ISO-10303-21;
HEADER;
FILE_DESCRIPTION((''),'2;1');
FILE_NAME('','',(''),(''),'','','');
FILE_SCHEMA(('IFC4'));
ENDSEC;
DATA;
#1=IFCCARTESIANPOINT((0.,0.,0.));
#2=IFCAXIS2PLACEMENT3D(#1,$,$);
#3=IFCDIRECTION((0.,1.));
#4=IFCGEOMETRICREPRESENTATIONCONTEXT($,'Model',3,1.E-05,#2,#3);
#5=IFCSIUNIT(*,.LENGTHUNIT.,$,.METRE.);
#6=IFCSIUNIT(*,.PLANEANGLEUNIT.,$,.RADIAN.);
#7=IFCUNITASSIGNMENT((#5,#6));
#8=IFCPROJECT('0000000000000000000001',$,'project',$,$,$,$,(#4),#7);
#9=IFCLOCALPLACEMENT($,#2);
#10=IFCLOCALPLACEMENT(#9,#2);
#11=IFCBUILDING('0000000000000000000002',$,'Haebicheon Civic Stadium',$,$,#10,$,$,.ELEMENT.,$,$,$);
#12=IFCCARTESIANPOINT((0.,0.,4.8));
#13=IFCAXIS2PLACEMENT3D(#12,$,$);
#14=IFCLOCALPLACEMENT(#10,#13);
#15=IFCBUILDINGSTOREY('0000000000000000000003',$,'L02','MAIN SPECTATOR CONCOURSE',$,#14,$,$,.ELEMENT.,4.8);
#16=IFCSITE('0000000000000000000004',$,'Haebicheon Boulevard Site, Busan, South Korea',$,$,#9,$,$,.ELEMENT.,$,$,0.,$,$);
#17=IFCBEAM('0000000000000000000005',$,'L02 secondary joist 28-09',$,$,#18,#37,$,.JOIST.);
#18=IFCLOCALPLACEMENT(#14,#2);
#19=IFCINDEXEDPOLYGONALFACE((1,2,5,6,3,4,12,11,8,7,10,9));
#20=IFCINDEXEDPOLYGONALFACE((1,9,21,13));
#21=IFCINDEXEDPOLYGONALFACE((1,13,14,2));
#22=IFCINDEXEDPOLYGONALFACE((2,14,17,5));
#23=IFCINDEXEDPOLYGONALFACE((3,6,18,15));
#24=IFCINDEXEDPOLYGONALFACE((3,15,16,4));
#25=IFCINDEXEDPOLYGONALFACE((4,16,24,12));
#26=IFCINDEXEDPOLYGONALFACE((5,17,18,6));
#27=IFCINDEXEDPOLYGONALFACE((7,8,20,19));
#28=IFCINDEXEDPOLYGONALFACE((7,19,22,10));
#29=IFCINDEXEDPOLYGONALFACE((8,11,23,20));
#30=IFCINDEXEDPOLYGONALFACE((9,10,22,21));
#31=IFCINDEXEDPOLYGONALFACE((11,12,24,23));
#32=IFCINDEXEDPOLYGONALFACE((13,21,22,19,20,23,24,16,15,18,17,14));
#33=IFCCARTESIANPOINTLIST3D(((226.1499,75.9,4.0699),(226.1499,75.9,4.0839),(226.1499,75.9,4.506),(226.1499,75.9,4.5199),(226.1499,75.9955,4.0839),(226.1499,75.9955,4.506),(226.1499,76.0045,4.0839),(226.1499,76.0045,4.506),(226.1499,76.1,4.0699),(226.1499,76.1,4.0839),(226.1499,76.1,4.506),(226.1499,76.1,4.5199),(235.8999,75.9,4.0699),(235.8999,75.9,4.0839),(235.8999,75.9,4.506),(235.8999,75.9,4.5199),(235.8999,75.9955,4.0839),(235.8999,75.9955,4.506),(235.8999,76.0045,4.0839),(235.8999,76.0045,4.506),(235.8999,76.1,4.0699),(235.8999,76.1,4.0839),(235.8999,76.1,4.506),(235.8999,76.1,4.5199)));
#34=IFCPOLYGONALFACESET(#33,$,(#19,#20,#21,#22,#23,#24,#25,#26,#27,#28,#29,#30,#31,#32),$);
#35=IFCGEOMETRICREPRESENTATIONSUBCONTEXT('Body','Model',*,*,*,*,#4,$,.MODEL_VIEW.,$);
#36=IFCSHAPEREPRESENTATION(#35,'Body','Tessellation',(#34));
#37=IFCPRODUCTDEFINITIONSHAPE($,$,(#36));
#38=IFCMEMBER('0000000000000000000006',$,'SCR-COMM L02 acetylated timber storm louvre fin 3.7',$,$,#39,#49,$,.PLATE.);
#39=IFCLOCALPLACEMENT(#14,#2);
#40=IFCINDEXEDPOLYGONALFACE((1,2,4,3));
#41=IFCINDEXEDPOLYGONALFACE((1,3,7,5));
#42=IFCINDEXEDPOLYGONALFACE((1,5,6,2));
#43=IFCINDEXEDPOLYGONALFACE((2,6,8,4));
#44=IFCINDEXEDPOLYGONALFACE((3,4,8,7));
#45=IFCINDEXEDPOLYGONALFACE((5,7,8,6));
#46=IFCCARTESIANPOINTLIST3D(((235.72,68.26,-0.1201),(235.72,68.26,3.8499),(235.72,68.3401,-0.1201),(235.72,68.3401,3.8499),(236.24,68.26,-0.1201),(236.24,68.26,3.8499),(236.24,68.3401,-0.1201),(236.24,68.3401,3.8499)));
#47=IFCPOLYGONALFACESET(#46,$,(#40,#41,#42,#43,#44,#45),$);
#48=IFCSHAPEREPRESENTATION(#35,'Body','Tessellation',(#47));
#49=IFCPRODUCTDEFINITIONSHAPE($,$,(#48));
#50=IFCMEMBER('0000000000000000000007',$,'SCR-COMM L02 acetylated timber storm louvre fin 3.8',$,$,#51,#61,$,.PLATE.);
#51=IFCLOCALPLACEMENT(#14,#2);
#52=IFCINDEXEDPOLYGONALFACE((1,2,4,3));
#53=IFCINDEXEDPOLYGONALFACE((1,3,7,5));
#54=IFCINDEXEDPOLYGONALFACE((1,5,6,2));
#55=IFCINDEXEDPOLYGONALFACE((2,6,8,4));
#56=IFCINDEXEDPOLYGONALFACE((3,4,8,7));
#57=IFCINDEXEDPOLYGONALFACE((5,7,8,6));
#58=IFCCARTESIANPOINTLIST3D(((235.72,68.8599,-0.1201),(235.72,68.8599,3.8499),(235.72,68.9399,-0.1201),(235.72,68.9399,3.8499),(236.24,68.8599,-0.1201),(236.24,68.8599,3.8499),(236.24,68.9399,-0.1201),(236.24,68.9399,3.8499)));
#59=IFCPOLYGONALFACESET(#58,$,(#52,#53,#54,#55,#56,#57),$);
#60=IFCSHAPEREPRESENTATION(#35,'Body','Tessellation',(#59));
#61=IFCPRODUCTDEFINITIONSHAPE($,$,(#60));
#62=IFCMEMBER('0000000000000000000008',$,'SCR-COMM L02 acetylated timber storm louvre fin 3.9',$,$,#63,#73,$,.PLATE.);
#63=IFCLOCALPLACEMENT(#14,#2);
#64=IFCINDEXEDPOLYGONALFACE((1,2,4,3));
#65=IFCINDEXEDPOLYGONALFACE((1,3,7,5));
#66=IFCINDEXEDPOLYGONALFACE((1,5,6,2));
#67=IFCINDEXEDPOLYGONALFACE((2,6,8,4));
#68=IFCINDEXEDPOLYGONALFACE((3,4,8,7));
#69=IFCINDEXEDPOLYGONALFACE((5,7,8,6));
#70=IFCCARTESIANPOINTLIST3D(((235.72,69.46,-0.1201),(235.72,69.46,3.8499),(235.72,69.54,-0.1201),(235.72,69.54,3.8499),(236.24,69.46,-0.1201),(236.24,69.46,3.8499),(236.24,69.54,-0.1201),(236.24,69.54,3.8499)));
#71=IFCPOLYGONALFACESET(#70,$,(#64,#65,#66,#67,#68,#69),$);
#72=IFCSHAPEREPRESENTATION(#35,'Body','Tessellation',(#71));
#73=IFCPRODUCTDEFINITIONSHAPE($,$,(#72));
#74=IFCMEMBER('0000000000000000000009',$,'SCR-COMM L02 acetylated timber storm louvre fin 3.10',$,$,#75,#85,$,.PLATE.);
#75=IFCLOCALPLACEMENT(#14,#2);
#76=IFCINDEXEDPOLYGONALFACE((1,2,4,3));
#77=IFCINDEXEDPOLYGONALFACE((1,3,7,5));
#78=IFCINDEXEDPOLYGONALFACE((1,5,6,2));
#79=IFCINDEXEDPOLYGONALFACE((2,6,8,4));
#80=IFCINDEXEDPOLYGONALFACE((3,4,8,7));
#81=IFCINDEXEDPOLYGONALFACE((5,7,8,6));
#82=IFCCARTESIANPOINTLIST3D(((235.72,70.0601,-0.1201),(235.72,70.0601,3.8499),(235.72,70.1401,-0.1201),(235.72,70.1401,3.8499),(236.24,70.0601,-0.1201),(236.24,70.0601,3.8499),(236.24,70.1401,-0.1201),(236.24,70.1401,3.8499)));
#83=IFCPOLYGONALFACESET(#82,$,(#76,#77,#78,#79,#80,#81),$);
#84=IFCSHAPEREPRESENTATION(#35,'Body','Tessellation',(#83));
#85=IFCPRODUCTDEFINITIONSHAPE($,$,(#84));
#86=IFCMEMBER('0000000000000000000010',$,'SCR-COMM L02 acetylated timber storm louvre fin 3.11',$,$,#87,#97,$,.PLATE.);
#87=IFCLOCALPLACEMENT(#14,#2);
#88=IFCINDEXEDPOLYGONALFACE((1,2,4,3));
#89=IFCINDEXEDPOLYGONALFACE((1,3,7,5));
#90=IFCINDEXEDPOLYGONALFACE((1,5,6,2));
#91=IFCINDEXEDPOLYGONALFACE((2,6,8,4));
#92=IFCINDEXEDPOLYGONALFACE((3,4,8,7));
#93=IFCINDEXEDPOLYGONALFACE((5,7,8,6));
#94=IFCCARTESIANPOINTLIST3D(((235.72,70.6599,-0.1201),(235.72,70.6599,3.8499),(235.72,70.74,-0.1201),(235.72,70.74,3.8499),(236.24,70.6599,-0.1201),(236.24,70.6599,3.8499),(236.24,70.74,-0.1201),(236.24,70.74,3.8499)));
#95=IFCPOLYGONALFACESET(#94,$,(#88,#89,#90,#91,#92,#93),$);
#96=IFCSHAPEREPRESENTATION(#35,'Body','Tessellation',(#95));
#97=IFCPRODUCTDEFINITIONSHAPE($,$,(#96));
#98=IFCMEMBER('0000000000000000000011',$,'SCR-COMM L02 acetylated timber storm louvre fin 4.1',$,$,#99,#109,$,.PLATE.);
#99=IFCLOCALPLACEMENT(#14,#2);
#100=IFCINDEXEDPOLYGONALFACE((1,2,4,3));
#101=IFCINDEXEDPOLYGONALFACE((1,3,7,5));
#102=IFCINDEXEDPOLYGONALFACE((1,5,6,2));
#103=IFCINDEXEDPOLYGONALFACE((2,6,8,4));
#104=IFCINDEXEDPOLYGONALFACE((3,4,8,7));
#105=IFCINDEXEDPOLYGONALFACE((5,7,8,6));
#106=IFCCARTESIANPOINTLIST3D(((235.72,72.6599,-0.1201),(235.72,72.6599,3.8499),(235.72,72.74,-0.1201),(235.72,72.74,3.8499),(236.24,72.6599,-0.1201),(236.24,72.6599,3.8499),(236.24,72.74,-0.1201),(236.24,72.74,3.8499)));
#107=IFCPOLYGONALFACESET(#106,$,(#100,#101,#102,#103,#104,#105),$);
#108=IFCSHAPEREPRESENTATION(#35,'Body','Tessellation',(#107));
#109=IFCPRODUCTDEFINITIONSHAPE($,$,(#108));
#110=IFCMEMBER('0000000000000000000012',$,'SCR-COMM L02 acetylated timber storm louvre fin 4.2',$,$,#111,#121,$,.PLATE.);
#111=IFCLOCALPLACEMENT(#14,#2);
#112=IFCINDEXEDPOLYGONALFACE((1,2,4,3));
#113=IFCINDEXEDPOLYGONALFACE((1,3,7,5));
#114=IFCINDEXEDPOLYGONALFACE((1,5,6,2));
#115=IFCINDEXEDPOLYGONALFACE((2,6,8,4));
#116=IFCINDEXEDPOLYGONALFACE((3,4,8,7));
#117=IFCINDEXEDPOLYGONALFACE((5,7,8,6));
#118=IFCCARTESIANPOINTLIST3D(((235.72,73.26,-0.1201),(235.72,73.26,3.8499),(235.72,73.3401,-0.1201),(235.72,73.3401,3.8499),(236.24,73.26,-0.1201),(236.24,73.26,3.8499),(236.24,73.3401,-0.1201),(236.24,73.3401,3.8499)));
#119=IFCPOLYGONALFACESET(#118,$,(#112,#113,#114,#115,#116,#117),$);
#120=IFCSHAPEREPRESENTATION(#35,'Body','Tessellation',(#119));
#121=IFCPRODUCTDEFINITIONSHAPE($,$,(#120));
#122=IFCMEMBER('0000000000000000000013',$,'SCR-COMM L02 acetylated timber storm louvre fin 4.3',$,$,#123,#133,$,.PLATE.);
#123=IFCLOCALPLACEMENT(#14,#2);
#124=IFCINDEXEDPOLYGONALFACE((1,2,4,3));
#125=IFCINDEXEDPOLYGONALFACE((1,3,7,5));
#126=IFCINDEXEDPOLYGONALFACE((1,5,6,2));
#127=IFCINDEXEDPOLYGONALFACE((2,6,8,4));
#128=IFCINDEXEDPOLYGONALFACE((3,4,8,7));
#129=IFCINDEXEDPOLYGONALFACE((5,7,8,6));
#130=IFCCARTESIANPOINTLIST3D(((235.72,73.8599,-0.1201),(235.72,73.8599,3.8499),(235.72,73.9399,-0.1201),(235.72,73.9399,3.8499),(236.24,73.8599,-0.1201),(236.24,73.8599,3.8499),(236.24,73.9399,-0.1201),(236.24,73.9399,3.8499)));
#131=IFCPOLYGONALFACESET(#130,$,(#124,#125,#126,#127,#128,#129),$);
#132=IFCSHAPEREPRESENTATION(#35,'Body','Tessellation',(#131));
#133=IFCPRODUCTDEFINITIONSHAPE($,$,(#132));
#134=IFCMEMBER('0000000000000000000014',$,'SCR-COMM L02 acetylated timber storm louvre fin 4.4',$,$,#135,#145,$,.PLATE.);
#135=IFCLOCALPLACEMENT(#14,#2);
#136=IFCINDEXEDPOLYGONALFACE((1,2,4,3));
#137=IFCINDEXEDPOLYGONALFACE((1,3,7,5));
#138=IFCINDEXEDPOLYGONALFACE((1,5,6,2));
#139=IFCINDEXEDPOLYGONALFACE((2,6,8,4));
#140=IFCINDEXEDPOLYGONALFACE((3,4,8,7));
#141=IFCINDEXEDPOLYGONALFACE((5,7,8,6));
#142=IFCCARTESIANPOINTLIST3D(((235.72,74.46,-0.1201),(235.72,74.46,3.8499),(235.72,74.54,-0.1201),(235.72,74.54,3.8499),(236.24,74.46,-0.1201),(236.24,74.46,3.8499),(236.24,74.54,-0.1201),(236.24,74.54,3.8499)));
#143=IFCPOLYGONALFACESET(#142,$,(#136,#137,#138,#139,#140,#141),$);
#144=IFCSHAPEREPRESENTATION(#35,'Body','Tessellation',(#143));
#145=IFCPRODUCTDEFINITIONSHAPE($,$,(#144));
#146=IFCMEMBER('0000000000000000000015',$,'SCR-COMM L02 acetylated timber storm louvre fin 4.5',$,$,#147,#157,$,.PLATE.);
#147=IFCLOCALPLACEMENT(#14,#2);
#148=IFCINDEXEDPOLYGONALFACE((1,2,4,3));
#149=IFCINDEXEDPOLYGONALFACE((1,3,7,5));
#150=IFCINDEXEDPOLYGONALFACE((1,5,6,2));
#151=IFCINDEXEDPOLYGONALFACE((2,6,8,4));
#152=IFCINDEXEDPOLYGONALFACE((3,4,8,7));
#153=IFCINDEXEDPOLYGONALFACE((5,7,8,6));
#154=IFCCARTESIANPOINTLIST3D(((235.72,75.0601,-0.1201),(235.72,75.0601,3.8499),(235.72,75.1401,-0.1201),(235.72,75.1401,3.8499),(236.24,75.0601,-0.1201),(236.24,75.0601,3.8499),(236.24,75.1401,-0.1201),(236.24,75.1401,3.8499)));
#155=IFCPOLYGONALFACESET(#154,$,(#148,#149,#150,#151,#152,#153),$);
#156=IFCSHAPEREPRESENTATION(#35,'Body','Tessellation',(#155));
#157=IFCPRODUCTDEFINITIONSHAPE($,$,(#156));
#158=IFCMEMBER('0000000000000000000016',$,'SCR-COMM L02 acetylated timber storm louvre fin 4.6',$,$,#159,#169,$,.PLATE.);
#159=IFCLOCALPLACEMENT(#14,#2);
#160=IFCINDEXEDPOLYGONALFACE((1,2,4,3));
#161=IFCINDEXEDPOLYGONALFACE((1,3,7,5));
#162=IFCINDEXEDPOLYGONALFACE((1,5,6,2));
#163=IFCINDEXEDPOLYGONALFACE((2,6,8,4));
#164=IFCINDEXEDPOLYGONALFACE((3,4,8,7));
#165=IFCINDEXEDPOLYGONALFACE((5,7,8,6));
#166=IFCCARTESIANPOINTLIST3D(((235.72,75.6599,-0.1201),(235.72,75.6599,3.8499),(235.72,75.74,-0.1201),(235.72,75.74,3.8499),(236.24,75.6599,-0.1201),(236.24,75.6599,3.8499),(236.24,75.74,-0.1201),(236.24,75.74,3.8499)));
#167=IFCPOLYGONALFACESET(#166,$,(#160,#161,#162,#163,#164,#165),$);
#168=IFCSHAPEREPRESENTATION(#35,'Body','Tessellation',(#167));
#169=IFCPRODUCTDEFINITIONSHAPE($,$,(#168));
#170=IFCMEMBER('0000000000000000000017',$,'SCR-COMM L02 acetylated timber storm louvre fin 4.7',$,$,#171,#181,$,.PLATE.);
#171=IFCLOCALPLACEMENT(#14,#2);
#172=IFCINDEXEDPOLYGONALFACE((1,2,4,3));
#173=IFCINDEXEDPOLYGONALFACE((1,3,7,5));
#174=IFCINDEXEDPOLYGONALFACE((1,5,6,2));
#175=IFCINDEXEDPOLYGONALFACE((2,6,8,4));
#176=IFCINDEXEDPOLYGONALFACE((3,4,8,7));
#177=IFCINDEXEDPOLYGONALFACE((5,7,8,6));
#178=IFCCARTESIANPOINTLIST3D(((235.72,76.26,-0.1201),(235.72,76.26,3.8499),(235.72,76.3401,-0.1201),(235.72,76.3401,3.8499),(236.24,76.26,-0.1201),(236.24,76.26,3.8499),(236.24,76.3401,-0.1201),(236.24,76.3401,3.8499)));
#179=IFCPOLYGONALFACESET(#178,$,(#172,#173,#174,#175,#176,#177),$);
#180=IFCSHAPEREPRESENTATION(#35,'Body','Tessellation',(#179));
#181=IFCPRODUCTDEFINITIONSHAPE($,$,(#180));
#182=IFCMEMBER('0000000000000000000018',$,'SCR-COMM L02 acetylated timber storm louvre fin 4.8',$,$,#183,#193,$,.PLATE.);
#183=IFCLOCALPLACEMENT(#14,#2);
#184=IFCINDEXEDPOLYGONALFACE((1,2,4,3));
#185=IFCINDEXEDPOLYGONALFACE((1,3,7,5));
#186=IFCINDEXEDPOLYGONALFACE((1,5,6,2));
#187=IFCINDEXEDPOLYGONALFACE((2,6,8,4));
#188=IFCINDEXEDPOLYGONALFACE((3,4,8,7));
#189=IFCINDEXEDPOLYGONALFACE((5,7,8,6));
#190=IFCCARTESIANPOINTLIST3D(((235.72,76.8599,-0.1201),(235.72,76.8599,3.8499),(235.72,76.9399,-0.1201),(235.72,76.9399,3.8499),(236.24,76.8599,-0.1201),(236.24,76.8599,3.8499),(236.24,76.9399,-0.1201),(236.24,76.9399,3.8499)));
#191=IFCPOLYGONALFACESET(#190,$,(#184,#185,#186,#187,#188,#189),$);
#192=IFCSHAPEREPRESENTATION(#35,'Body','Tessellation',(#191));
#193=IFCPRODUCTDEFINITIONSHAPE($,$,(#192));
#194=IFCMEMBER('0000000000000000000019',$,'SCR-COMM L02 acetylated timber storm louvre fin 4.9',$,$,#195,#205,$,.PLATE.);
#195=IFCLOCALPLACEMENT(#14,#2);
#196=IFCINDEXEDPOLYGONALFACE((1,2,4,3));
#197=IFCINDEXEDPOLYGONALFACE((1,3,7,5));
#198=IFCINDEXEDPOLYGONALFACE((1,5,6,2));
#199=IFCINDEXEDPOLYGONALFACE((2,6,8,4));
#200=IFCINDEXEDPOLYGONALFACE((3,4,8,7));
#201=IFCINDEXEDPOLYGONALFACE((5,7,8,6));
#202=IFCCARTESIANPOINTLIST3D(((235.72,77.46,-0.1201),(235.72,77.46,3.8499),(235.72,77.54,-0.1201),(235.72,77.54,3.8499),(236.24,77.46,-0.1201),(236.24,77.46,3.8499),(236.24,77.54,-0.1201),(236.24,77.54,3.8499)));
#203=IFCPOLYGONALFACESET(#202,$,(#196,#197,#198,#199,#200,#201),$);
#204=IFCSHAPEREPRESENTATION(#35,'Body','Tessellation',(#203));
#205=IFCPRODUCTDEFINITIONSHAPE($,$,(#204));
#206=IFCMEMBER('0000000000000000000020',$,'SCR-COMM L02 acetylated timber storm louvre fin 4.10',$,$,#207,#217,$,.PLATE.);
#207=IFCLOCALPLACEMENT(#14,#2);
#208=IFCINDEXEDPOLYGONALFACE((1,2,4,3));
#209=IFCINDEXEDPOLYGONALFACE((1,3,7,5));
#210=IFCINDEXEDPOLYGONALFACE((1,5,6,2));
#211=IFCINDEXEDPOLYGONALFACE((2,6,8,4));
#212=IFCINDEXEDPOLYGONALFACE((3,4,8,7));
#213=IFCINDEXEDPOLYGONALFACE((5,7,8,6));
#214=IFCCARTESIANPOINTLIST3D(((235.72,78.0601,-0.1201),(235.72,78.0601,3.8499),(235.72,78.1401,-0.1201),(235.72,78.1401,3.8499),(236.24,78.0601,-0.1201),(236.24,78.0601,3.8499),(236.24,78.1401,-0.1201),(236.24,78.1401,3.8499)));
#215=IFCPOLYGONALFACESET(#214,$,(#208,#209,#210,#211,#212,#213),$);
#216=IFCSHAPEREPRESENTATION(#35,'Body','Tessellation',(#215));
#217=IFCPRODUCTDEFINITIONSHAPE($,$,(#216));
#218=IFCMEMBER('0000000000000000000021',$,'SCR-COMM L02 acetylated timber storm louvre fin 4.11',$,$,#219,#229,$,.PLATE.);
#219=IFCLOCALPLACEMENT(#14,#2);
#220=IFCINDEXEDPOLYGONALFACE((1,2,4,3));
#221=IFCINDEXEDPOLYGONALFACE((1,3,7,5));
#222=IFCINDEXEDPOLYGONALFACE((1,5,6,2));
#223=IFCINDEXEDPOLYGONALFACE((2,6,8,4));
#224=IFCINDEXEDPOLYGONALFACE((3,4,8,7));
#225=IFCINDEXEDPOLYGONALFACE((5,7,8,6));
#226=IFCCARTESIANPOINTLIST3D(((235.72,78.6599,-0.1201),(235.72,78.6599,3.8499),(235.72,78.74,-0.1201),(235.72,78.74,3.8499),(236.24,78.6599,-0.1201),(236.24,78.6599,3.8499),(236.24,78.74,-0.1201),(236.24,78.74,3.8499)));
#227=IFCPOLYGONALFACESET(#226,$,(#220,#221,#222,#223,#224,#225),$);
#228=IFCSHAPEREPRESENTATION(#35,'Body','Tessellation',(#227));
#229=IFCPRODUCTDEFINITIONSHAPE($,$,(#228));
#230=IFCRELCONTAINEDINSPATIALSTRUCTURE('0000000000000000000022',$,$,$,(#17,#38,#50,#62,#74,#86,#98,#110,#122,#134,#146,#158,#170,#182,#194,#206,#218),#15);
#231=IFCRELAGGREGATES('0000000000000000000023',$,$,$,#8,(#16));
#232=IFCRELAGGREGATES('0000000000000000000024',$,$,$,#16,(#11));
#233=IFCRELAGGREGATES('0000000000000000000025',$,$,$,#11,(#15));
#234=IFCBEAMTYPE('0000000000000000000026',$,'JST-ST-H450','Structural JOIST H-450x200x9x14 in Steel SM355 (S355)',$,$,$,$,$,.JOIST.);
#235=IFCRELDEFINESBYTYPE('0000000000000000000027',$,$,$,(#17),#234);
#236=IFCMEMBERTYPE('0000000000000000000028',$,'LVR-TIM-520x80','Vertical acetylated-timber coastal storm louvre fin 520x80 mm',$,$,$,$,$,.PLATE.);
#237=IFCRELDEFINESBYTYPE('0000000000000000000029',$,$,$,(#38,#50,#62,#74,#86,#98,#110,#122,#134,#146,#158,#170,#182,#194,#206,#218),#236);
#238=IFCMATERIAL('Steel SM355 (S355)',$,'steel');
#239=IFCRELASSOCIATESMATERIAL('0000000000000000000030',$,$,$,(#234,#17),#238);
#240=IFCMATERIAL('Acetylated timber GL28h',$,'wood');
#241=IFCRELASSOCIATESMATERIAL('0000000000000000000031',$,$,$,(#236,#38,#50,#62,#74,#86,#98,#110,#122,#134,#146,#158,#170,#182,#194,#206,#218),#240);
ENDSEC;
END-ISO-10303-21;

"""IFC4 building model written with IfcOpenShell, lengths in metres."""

from ifc_helpers import new_model, si_unit, direction, frame, origin, origin_2d, place, context, subcontext, project, spatial, rectangle, i_section, extrude, material, material_profile, profile_set, type_object, element, save


model = new_model("IFC4")

# Units and contexts
model_context = context("Model", 3, precision=1e-05, world=origin(), true_north=direction((0.0, 1.0)))
body_context = subcontext(model_context, "Body", "Model", "MODEL_VIEW")
ifc_project = project(units=[si_unit("LENGTHUNIT", "METRE"), si_unit("PLANEANGLEUNIT", "RADIAN")], contexts=[model_context])

# Site, building, storey
site_placement = place(None, origin())
site = spatial("IfcSite", under=ifc_project, at=site_placement, Name="Haebicheon Boulevard Site, Busan, South Korea", CompositionType="ELEMENT", RefElevation=0.0)
building_placement = place(site_placement, origin())
building = spatial("IfcBuilding", under=site, at=building_placement, Name="Haebicheon Civic Stadium", CompositionType="ELEMENT")
storey_placement = place(building_placement, frame((0.0, 0.0, 4.8)))
storey = spatial("IfcBuildingStorey", under=building, at=storey_placement, Name="L02", Description="MAIN SPECTATOR CONCOURSE", CompositionType="ELEMENT", Elevation=4.8)

# Beam
ifc_material_1 = material(Name="Steel SM355 (S355)", Category="steel")
ifc_material_profile_1 = material_profile(ifc_material_1, i_section(OverallWidth=0.2, OverallDepth=0.45, WebThickness=0.009, FlangeThickness=0.0139, at=origin_2d()), Name="H-450x200x9x14")
ifc_profile_set_1 = profile_set([ifc_material_profile_1], Name="Steel SM355 (S355)")
beam_type_1 = type_object("IfcBeamType", Name="JST-ST-H450", Description="Structural JOIST H-450x200x9x14 in Steel SM355 (S355)", PredefinedType="JOIST", material=ifc_profile_set_1)
beam_1_placement = place(storey_placement, frame((226.1499, 76.0, 4.2949), z_axis=(1.0, 0.0, 0.0), x_axis=(0.0, 1.0, 0.0)))
element("IfcBeam", 1, at=beam_1_placement, inside=storey, type_object=beam_type_1, material=ifc_profile_set_1, Name="L02 secondary joist 28-09", PredefinedType="JOIST", context=body_context, shape_type="SweptSolid", body=[
    extrude(i_section(OverallWidth=0.2, OverallDepth=0.45, WebThickness=0.009, FlangeThickness=0.0139, at=origin_2d()), origin(), (0.0, 0.0, 1.0), 9.75),
])

# Members
ifc_material_2 = material(Name="Acetylated timber GL28h", Category="wood")
ifc_material_profile_2 = material_profile(ifc_material_2, rectangle(XDim=0.0801, YDim=0.52, at=origin_2d()), Name="TMB-LOUV-80x520")
ifc_profile_set_2 = profile_set([ifc_material_profile_2], Name="Acetylated timber GL28h")
member_type_1 = type_object("IfcMemberType", Name="LVR-TIM-520x80", Description="Vertical acetylated-timber coastal storm louvre fin 520x80 mm", PredefinedType="PLATE", material=ifc_profile_set_2)
for number, where, z_axis, x_axis, name in (
    (2, (235.98, 68.3, -0.1201), (0.0, 0.0, 1.0), (0.0, 1.0, 0.0), "SCR-COMM L02 acetylated timber storm louvre fin 3.7"),
    (3, (235.98, 68.8999, -0.1201), (0.0, 0.0, 1.0), (0.0, 1.0, 0.0), "SCR-COMM L02 acetylated timber storm louvre fin 3.8"),
    (4, (235.98, 69.5, -0.1201), (0.0, 0.0, 1.0), (0.0, 1.0, 0.0), "SCR-COMM L02 acetylated timber storm louvre fin 3.9"),
    (5, (235.98, 70.1001, -0.1201), (0.0, 0.0, 1.0), (0.0, 1.0, 0.0), "SCR-COMM L02 acetylated timber storm louvre fin 3.10"),
    (6, (235.98, 70.7, -0.1201), (0.0, 0.0, 1.0), (0.0, 1.0, 0.0), "SCR-COMM L02 acetylated timber storm louvre fin 3.11"),
    (7, (235.98, 72.7, -0.1201), (0.0, 0.0, 1.0), (0.0, 1.0, 0.0), "SCR-COMM L02 acetylated timber storm louvre fin 4.1"),
    (8, (235.98, 73.3, -0.1201), (0.0, 0.0, 1.0), (0.0, 1.0, 0.0), "SCR-COMM L02 acetylated timber storm louvre fin 4.2"),
    (9, (235.98, 73.8999, -0.1201), (0.0, 0.0, 1.0), (0.0, 1.0, 0.0), "SCR-COMM L02 acetylated timber storm louvre fin 4.3"),
    (10, (235.98, 74.5, -0.1201), (0.0, 0.0, 1.0), (0.0, 1.0, 0.0), "SCR-COMM L02 acetylated timber storm louvre fin 4.4"),
    (11, (235.98, 75.1001, -0.1201), (0.0, 0.0, 1.0), (0.0, 1.0, 0.0), "SCR-COMM L02 acetylated timber storm louvre fin 4.5"),
    (12, (235.98, 75.7, -0.1201), (0.0, 0.0, 1.0), (0.0, 1.0, 0.0), "SCR-COMM L02 acetylated timber storm louvre fin 4.6"),
    (13, (235.98, 76.3, -0.1201), (0.0, 0.0, 1.0), (0.0, 1.0, 0.0), "SCR-COMM L02 acetylated timber storm louvre fin 4.7"),
    (14, (235.98, 76.8999, -0.1201), (0.0, 0.0, 1.0), (0.0, 1.0, 0.0), "SCR-COMM L02 acetylated timber storm louvre fin 4.8"),
    (15, (235.98, 77.5, -0.1201), (0.0, 0.0, 1.0), (0.0, 1.0, 0.0), "SCR-COMM L02 acetylated timber storm louvre fin 4.9"),
    (16, (235.98, 78.1001, -0.1201), (0.0, 0.0, 1.0), (0.0, 1.0, 0.0), "SCR-COMM L02 acetylated timber storm louvre fin 4.10"),
    (17, (235.98, 78.7, -0.1201), (0.0, 0.0, 1.0), (0.0, 1.0, 0.0), "SCR-COMM L02 acetylated timber storm louvre fin 4.11"),
):
    element("IfcMember", number, at=place(storey_placement, frame(where, z_axis=z_axis, x_axis=x_axis)), inside=storey, type_object=member_type_1, material=ifc_profile_set_2, Name=name, PredefinedType="PLATE", context=body_context, shape_type="SweptSolid", body=[
        extrude(rectangle(XDim=0.0801, YDim=0.52, at=origin_2d()), origin(), (0.0, 0.0, 1.0), 3.97),
    ])

save(model, "model.ifc")
